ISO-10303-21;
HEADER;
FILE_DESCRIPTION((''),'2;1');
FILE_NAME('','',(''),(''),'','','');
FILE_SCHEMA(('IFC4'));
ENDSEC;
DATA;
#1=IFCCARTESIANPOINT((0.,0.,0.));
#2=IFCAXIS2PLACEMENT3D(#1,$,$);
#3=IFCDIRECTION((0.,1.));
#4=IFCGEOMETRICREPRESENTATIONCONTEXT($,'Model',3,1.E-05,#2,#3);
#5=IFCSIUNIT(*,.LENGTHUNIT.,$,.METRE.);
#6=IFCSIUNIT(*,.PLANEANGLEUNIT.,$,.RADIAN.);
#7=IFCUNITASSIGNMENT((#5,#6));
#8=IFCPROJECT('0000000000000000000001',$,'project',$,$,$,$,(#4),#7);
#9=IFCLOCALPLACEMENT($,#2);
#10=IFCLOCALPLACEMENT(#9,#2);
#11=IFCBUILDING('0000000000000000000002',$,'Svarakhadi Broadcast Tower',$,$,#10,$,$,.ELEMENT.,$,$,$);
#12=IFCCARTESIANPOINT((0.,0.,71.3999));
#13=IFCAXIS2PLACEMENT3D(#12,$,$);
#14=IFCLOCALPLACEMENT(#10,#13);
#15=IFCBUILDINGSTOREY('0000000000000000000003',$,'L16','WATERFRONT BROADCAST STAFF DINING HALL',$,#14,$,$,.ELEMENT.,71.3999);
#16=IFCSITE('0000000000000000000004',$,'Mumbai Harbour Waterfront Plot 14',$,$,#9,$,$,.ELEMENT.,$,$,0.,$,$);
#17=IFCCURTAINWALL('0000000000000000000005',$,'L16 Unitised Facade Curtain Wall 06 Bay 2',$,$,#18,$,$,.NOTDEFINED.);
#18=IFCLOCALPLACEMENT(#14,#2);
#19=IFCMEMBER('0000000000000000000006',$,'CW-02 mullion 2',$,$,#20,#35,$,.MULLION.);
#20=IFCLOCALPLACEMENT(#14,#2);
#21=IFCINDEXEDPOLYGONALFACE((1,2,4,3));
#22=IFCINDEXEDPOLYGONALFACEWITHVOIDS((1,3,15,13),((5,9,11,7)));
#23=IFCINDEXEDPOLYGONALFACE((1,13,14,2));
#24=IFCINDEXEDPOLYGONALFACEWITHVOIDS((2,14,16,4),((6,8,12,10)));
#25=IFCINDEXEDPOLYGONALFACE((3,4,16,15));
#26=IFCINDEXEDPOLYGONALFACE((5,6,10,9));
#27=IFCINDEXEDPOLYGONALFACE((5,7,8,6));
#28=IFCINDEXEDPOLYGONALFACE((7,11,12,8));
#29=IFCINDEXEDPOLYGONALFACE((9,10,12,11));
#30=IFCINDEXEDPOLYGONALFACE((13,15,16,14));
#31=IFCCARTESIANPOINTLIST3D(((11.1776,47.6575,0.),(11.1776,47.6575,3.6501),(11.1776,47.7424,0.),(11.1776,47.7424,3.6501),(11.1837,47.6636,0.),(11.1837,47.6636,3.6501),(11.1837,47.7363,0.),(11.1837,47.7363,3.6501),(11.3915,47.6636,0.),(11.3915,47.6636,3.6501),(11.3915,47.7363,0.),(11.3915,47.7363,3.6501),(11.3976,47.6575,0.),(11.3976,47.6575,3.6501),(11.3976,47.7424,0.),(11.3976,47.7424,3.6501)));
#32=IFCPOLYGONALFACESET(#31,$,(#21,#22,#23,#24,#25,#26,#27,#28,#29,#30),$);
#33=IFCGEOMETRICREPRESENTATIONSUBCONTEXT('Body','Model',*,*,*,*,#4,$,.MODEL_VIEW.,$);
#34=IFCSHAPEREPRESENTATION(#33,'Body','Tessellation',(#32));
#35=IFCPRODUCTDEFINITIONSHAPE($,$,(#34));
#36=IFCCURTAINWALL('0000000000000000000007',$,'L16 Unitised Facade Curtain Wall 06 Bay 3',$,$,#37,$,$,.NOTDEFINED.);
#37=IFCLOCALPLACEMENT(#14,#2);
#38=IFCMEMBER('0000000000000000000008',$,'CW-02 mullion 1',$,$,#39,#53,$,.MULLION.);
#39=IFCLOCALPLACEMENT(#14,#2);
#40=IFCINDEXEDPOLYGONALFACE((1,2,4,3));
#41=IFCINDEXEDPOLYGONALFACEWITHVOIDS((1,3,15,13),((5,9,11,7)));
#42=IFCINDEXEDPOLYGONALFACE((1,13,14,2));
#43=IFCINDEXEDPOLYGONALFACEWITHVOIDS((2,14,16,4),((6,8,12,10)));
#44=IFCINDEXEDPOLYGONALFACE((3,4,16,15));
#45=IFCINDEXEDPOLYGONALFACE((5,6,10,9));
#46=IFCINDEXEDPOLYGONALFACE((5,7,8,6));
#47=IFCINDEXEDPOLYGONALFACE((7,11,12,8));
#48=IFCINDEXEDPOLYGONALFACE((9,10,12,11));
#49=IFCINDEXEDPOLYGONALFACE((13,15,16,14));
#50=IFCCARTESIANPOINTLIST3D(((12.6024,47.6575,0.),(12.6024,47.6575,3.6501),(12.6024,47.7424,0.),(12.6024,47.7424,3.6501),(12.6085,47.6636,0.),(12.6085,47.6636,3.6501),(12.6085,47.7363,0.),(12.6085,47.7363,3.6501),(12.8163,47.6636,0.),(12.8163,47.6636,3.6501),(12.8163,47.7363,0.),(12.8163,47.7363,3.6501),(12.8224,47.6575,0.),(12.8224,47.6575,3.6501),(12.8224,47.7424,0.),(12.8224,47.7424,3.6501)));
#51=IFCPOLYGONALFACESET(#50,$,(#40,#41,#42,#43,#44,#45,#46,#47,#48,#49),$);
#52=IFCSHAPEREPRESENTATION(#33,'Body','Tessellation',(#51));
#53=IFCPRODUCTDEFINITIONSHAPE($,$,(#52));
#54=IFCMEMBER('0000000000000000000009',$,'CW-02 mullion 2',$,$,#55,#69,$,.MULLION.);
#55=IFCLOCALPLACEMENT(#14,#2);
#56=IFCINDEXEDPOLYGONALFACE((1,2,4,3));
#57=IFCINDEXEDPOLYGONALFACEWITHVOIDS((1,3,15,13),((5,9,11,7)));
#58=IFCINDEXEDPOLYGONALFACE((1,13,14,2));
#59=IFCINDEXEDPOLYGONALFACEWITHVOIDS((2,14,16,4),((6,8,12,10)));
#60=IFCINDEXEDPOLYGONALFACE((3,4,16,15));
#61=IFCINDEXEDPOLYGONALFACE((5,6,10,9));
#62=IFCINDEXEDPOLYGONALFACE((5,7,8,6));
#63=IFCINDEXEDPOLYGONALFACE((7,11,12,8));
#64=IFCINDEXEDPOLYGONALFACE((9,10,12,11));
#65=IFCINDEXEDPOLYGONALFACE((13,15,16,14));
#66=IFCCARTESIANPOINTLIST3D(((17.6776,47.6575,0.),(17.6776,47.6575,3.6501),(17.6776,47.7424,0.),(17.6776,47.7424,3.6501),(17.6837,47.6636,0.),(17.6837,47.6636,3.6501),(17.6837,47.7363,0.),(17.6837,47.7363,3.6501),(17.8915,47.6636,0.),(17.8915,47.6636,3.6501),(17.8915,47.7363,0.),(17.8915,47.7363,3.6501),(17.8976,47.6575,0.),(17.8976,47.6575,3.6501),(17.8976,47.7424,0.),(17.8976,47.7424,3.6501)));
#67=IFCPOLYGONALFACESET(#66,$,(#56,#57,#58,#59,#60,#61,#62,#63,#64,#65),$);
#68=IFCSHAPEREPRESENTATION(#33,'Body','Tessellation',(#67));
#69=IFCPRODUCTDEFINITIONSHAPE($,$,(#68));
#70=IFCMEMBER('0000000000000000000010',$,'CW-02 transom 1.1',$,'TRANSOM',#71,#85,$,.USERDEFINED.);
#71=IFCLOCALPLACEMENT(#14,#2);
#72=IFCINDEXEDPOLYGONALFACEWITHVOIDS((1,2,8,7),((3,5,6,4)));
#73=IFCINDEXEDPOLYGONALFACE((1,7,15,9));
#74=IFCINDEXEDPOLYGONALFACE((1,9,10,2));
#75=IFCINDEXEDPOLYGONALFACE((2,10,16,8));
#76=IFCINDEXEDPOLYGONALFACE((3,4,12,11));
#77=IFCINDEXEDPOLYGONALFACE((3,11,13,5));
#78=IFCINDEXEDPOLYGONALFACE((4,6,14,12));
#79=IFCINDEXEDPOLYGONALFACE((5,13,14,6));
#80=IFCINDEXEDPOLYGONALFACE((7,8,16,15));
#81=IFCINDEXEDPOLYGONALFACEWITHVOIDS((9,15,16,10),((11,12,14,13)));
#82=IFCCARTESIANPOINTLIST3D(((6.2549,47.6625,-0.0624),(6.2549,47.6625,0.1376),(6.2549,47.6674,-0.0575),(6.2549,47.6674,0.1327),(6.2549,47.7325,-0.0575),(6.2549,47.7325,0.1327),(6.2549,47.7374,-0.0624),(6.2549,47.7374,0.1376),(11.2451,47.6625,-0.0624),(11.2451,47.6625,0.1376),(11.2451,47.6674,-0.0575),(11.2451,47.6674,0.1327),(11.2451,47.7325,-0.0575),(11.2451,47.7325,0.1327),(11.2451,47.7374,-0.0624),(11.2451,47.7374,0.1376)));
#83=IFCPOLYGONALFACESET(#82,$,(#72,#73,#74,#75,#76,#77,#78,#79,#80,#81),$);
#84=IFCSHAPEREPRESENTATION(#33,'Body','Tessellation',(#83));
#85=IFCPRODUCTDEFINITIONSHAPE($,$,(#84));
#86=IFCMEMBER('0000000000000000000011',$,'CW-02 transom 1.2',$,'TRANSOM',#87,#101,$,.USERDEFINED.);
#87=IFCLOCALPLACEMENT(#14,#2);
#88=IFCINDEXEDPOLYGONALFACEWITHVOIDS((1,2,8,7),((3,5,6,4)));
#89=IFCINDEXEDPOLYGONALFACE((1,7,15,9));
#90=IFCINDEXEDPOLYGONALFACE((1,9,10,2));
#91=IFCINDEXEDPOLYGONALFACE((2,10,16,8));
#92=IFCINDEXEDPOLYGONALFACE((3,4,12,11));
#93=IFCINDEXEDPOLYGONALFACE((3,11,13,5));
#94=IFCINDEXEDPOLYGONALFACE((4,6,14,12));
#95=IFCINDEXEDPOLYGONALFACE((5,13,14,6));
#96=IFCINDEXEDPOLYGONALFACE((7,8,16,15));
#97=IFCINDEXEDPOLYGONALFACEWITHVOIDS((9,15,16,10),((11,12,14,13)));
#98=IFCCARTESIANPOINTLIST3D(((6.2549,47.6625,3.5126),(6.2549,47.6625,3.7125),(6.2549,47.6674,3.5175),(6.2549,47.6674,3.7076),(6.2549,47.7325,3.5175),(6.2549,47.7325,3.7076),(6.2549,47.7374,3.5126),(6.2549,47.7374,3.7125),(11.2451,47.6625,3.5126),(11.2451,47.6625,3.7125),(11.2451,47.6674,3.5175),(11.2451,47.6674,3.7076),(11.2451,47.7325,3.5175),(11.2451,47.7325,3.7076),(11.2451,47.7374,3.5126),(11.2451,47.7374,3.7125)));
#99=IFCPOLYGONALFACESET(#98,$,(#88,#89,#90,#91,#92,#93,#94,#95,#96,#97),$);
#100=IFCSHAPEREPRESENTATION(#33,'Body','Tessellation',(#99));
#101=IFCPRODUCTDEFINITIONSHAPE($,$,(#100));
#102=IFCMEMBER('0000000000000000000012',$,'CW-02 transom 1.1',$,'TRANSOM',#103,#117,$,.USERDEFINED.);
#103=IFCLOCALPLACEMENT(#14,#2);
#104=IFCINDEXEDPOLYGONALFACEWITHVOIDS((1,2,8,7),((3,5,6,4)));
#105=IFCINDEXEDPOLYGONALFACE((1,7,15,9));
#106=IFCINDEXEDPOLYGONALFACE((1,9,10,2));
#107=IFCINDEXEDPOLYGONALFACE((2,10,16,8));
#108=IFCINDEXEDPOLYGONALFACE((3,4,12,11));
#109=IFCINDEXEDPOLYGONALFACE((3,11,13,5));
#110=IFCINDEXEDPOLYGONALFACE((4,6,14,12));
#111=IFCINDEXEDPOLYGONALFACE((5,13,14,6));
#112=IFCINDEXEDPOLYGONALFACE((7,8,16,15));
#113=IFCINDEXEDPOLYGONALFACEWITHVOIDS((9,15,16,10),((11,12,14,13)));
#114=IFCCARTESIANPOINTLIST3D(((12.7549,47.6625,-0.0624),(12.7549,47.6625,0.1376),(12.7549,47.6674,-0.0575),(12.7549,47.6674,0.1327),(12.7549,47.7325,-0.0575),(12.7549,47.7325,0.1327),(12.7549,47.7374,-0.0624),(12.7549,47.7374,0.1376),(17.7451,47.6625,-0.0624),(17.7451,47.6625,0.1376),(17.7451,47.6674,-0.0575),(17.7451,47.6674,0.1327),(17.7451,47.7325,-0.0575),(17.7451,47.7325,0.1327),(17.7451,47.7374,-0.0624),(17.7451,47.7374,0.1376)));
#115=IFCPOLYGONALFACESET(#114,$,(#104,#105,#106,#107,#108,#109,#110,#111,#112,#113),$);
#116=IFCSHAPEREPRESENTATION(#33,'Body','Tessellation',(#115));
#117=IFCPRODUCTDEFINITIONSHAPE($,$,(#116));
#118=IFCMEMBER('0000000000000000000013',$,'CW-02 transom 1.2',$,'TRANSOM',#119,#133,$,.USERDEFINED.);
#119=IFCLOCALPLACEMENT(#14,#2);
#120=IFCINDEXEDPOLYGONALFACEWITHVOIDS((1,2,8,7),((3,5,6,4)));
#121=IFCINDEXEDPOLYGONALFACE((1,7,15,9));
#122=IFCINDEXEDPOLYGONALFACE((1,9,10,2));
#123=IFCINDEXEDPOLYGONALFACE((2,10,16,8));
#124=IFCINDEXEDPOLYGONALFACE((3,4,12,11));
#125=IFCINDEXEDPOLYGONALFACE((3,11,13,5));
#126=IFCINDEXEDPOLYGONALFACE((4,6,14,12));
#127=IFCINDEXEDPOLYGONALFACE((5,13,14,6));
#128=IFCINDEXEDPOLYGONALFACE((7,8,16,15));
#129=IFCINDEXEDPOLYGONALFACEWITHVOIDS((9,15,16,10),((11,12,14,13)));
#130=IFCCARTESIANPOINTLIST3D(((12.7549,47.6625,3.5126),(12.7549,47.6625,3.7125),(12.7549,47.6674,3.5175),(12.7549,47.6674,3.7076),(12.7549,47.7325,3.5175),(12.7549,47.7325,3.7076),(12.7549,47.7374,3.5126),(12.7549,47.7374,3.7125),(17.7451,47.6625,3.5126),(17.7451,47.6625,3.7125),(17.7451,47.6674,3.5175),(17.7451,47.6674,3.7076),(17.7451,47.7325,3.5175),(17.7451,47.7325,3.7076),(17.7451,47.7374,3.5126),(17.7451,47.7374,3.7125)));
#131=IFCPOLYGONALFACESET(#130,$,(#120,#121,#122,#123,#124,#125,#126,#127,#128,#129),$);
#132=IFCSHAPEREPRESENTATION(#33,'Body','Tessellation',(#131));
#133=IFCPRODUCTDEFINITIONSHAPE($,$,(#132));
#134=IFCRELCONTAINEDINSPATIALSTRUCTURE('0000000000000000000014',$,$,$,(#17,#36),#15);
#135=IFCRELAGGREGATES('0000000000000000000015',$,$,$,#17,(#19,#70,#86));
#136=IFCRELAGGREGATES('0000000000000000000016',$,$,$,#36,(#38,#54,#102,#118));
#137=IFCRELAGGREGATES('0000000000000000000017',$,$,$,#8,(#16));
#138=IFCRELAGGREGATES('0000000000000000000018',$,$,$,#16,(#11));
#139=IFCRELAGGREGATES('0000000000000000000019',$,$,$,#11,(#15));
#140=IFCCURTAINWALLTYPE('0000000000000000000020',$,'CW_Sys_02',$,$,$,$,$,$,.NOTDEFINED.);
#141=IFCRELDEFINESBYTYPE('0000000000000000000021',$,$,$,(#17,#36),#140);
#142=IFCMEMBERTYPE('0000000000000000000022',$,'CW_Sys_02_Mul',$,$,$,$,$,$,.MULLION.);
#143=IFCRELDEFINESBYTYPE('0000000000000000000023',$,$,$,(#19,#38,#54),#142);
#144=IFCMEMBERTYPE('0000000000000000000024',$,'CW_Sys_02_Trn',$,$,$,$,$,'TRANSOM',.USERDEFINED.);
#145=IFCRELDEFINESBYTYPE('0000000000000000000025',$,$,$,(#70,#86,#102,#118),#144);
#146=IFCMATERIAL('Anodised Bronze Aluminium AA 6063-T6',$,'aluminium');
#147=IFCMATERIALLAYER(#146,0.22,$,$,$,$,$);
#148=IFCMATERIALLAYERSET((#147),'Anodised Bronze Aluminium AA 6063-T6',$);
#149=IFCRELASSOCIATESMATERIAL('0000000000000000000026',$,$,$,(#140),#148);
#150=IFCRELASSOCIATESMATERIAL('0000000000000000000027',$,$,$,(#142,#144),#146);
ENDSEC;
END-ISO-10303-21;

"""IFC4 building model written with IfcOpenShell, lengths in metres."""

from ifc_helpers import new_model, si_unit, direction, frame, origin, origin_2d, place, context, subcontext, project, spatial, hollow_rectangle, extrude, material, layer, layer_set, material_profile, profile_set, type_object, element, aggregate, save


model = new_model("IFC4")

# Units and contexts
model_context = context("Model", 3, precision=1e-05, world=origin(), true_north=direction((0.0, 1.0)))
body_context = subcontext(model_context, "Body", "Model", "MODEL_VIEW")
ifc_project = project(units=[si_unit("LENGTHUNIT", "METRE"), si_unit("PLANEANGLEUNIT", "RADIAN")], contexts=[model_context])

# Site, building, storey
site_placement = place(None, origin())
site = spatial("IfcSite", under=ifc_project, at=site_placement, Name="Mumbai Harbour Waterfront Plot 14", CompositionType="ELEMENT", RefElevation=0.0)
building_placement = place(site_placement, origin())
building = spatial("IfcBuilding", under=site, at=building_placement, Name="Svarakhadi Broadcast Tower", CompositionType="ELEMENT")
storey_placement = place(building_placement, frame((0.0, 0.0, 71.3999)))
storey = spatial("IfcBuildingStorey", under=building, at=storey_placement, Name="L16", Description="WATERFRONT BROADCAST STAFF DINING HALL", CompositionType="ELEMENT", Elevation=71.3999)

# Curtain walls, members
ifc_material_1 = material(Name="Anodised Bronze Aluminium AA 6063-T6", Category="aluminium")
ifc_layer_1 = layer(ifc_material_1, 0.22)
ifc_layer_set_1 = layer_set([ifc_layer_1], Name="Anodised Bronze Aluminium AA 6063-T6")
curtain_wall_type = type_object("IfcCurtainWallType", Name="CW_Sys_02", PredefinedType="NOTDEFINED", material=ifc_layer_set_1)
curtain_wall_1_placement = place(storey_placement, origin())
curtain_wall_1 = element("IfcCurtainWall", 1, at=curtain_wall_1_placement, inside=storey, type_object=curtain_wall_type, Name="L16 Unitised Facade Curtain Wall 06 Bay 2", PredefinedType="NOTDEFINED")
ifc_material_profile_1 = material_profile(ifc_material_1, hollow_rectangle(XDim=0.085, YDim=0.22, WallThickness=0.0061, at=origin_2d()), Name="ALU MULLION 220x85x6")
ifc_profile_set_1 = profile_set([ifc_material_profile_1], Name="Anodised Bronze Aluminium AA 6063-T6")
member_type_1 = type_object("IfcMemberType", Name="CW_Sys_02_Mul", PredefinedType="MULLION", material=ifc_profile_set_1)
member_1_placement = place(storey_placement, frame((11.2876, 47.7, 0.0), z_axis=(0.0, 0.0, 1.0), x_axis=(0.0, 1.0, 0.0)))
member_1 = element("IfcMember", 2, at=member_1_placement, type_object=member_type_1, Name="CW-02 mullion 2", PredefinedType="MULLION", context=body_context, shape_type="SweptSolid", body=[
    extrude(hollow_rectangle(XDim=0.085, YDim=0.22, WallThickness=0.0061, at=origin_2d()), origin(), (0.0, 0.0, 1.0), 3.6501),
])
curtain_wall_2_placement = place(storey_placement, origin())
curtain_wall_2 = element("IfcCurtainWall", 3, at=curtain_wall_2_placement, inside=storey, type_object=curtain_wall_type, Name="L16 Unitised Facade Curtain Wall 06 Bay 3", PredefinedType="NOTDEFINED")
member_2_placement = place(storey_placement, frame((12.7124, 47.7, 0.0), z_axis=(0.0, 0.0, 1.0), x_axis=(0.0, 1.0, 0.0)))
member_2 = element("IfcMember", 4, at=member_2_placement, type_object=member_type_1, Name="CW-02 mullion 1", PredefinedType="MULLION", context=body_context, shape_type="SweptSolid", body=[
    extrude(hollow_rectangle(XDim=0.085, YDim=0.22, WallThickness=0.0061, at=origin_2d()), origin(), (0.0, 0.0, 1.0), 3.6501),
])
member_3_placement = place(storey_placement, frame((17.7876, 47.7, 0.0), z_axis=(0.0, 0.0, 1.0), x_axis=(0.0, 1.0, 0.0)))
member_3 = element("IfcMember", 5, at=member_3_placement, type_object=member_type_1, Name="CW-02 mullion 2", PredefinedType="MULLION", context=body_context, shape_type="SweptSolid", body=[
    extrude(hollow_rectangle(XDim=0.085, YDim=0.22, WallThickness=0.0061, at=origin_2d()), origin(), (0.0, 0.0, 1.0), 3.6501),
])

# Members
ifc_material_profile_2 = material_profile(ifc_material_1, hollow_rectangle(XDim=0.075, YDim=0.2, WallThickness=0.0049, at=origin_2d()), Name="ALU TRANSOM 200x75x5")
ifc_profile_set_2 = profile_set([ifc_material_profile_2], Name="Anodised Bronze Aluminium AA 6063-T6")
member_type_2 = type_object("IfcMemberType", Name="CW_Sys_02_Trn", ElementType="TRANSOM", PredefinedType="USERDEFINED", material=ifc_profile_set_2)
member_4_placement = place(storey_placement, frame((6.2549, 47.7, 0.0376), z_axis=(1.0, 0.0, 0.0), x_axis=(0.0, 1.0, 0.0)))
member_4 = element("IfcMember", 6, at=member_4_placement, type_object=member_type_2, Name="CW-02 transom 1.1", ObjectType="TRANSOM", PredefinedType="USERDEFINED", context=body_context, shape_type="SweptSolid", body=[
    extrude(hollow_rectangle(XDim=0.075, YDim=0.2, WallThickness=0.0049, at=origin_2d()), origin(), (0.0, 0.0, 1.0), 4.9902),
])
member_5_placement = place(storey_placement, frame((6.2549, 47.7, 3.6125), z_axis=(1.0, 0.0, 0.0), x_axis=(0.0, 1.0, 0.0)))
member_5 = element("IfcMember", 7, at=member_5_placement, type_object=member_type_2, Name="CW-02 transom 1.2", ObjectType="TRANSOM", PredefinedType="USERDEFINED", context=body_context, shape_type="SweptSolid", body=[
    extrude(hollow_rectangle(XDim=0.075, YDim=0.2, WallThickness=0.0049, at=origin_2d()), origin(), (0.0, 0.0, 1.0), 4.9902),
])
member_6_placement = place(storey_placement, frame((12.7549, 47.7, 0.0376), z_axis=(1.0, 0.0, 0.0), x_axis=(0.0, 1.0, 0.0)))
member_6 = element("IfcMember", 8, at=member_6_placement, type_object=member_type_2, Name="CW-02 transom 1.1", ObjectType="TRANSOM", PredefinedType="USERDEFINED", context=body_context, shape_type="SweptSolid", body=[
    extrude(hollow_rectangle(XDim=0.075, YDim=0.2, WallThickness=0.0049, at=origin_2d()), origin(), (0.0, 0.0, 1.0), 4.9902),
])
member_7_placement = place(storey_placement, frame((12.7549, 47.7, 3.6125), z_axis=(1.0, 0.0, 0.0), x_axis=(0.0, 1.0, 0.0)))
member_7 = element("IfcMember", 9, at=member_7_placement, type_object=member_type_2, Name="CW-02 transom 1.2", ObjectType="TRANSOM", PredefinedType="USERDEFINED", context=body_context, shape_type="SweptSolid", body=[
    extrude(hollow_rectangle(XDim=0.075, YDim=0.2, WallThickness=0.0049, at=origin_2d()), origin(), (0.0, 0.0, 1.0), 4.9902),
])

aggregate(curtain_wall_1, [member_1, member_4, member_5])
aggregate(curtain_wall_2, [member_2, member_3, member_6, member_7])

save(model, "model.ifc")
